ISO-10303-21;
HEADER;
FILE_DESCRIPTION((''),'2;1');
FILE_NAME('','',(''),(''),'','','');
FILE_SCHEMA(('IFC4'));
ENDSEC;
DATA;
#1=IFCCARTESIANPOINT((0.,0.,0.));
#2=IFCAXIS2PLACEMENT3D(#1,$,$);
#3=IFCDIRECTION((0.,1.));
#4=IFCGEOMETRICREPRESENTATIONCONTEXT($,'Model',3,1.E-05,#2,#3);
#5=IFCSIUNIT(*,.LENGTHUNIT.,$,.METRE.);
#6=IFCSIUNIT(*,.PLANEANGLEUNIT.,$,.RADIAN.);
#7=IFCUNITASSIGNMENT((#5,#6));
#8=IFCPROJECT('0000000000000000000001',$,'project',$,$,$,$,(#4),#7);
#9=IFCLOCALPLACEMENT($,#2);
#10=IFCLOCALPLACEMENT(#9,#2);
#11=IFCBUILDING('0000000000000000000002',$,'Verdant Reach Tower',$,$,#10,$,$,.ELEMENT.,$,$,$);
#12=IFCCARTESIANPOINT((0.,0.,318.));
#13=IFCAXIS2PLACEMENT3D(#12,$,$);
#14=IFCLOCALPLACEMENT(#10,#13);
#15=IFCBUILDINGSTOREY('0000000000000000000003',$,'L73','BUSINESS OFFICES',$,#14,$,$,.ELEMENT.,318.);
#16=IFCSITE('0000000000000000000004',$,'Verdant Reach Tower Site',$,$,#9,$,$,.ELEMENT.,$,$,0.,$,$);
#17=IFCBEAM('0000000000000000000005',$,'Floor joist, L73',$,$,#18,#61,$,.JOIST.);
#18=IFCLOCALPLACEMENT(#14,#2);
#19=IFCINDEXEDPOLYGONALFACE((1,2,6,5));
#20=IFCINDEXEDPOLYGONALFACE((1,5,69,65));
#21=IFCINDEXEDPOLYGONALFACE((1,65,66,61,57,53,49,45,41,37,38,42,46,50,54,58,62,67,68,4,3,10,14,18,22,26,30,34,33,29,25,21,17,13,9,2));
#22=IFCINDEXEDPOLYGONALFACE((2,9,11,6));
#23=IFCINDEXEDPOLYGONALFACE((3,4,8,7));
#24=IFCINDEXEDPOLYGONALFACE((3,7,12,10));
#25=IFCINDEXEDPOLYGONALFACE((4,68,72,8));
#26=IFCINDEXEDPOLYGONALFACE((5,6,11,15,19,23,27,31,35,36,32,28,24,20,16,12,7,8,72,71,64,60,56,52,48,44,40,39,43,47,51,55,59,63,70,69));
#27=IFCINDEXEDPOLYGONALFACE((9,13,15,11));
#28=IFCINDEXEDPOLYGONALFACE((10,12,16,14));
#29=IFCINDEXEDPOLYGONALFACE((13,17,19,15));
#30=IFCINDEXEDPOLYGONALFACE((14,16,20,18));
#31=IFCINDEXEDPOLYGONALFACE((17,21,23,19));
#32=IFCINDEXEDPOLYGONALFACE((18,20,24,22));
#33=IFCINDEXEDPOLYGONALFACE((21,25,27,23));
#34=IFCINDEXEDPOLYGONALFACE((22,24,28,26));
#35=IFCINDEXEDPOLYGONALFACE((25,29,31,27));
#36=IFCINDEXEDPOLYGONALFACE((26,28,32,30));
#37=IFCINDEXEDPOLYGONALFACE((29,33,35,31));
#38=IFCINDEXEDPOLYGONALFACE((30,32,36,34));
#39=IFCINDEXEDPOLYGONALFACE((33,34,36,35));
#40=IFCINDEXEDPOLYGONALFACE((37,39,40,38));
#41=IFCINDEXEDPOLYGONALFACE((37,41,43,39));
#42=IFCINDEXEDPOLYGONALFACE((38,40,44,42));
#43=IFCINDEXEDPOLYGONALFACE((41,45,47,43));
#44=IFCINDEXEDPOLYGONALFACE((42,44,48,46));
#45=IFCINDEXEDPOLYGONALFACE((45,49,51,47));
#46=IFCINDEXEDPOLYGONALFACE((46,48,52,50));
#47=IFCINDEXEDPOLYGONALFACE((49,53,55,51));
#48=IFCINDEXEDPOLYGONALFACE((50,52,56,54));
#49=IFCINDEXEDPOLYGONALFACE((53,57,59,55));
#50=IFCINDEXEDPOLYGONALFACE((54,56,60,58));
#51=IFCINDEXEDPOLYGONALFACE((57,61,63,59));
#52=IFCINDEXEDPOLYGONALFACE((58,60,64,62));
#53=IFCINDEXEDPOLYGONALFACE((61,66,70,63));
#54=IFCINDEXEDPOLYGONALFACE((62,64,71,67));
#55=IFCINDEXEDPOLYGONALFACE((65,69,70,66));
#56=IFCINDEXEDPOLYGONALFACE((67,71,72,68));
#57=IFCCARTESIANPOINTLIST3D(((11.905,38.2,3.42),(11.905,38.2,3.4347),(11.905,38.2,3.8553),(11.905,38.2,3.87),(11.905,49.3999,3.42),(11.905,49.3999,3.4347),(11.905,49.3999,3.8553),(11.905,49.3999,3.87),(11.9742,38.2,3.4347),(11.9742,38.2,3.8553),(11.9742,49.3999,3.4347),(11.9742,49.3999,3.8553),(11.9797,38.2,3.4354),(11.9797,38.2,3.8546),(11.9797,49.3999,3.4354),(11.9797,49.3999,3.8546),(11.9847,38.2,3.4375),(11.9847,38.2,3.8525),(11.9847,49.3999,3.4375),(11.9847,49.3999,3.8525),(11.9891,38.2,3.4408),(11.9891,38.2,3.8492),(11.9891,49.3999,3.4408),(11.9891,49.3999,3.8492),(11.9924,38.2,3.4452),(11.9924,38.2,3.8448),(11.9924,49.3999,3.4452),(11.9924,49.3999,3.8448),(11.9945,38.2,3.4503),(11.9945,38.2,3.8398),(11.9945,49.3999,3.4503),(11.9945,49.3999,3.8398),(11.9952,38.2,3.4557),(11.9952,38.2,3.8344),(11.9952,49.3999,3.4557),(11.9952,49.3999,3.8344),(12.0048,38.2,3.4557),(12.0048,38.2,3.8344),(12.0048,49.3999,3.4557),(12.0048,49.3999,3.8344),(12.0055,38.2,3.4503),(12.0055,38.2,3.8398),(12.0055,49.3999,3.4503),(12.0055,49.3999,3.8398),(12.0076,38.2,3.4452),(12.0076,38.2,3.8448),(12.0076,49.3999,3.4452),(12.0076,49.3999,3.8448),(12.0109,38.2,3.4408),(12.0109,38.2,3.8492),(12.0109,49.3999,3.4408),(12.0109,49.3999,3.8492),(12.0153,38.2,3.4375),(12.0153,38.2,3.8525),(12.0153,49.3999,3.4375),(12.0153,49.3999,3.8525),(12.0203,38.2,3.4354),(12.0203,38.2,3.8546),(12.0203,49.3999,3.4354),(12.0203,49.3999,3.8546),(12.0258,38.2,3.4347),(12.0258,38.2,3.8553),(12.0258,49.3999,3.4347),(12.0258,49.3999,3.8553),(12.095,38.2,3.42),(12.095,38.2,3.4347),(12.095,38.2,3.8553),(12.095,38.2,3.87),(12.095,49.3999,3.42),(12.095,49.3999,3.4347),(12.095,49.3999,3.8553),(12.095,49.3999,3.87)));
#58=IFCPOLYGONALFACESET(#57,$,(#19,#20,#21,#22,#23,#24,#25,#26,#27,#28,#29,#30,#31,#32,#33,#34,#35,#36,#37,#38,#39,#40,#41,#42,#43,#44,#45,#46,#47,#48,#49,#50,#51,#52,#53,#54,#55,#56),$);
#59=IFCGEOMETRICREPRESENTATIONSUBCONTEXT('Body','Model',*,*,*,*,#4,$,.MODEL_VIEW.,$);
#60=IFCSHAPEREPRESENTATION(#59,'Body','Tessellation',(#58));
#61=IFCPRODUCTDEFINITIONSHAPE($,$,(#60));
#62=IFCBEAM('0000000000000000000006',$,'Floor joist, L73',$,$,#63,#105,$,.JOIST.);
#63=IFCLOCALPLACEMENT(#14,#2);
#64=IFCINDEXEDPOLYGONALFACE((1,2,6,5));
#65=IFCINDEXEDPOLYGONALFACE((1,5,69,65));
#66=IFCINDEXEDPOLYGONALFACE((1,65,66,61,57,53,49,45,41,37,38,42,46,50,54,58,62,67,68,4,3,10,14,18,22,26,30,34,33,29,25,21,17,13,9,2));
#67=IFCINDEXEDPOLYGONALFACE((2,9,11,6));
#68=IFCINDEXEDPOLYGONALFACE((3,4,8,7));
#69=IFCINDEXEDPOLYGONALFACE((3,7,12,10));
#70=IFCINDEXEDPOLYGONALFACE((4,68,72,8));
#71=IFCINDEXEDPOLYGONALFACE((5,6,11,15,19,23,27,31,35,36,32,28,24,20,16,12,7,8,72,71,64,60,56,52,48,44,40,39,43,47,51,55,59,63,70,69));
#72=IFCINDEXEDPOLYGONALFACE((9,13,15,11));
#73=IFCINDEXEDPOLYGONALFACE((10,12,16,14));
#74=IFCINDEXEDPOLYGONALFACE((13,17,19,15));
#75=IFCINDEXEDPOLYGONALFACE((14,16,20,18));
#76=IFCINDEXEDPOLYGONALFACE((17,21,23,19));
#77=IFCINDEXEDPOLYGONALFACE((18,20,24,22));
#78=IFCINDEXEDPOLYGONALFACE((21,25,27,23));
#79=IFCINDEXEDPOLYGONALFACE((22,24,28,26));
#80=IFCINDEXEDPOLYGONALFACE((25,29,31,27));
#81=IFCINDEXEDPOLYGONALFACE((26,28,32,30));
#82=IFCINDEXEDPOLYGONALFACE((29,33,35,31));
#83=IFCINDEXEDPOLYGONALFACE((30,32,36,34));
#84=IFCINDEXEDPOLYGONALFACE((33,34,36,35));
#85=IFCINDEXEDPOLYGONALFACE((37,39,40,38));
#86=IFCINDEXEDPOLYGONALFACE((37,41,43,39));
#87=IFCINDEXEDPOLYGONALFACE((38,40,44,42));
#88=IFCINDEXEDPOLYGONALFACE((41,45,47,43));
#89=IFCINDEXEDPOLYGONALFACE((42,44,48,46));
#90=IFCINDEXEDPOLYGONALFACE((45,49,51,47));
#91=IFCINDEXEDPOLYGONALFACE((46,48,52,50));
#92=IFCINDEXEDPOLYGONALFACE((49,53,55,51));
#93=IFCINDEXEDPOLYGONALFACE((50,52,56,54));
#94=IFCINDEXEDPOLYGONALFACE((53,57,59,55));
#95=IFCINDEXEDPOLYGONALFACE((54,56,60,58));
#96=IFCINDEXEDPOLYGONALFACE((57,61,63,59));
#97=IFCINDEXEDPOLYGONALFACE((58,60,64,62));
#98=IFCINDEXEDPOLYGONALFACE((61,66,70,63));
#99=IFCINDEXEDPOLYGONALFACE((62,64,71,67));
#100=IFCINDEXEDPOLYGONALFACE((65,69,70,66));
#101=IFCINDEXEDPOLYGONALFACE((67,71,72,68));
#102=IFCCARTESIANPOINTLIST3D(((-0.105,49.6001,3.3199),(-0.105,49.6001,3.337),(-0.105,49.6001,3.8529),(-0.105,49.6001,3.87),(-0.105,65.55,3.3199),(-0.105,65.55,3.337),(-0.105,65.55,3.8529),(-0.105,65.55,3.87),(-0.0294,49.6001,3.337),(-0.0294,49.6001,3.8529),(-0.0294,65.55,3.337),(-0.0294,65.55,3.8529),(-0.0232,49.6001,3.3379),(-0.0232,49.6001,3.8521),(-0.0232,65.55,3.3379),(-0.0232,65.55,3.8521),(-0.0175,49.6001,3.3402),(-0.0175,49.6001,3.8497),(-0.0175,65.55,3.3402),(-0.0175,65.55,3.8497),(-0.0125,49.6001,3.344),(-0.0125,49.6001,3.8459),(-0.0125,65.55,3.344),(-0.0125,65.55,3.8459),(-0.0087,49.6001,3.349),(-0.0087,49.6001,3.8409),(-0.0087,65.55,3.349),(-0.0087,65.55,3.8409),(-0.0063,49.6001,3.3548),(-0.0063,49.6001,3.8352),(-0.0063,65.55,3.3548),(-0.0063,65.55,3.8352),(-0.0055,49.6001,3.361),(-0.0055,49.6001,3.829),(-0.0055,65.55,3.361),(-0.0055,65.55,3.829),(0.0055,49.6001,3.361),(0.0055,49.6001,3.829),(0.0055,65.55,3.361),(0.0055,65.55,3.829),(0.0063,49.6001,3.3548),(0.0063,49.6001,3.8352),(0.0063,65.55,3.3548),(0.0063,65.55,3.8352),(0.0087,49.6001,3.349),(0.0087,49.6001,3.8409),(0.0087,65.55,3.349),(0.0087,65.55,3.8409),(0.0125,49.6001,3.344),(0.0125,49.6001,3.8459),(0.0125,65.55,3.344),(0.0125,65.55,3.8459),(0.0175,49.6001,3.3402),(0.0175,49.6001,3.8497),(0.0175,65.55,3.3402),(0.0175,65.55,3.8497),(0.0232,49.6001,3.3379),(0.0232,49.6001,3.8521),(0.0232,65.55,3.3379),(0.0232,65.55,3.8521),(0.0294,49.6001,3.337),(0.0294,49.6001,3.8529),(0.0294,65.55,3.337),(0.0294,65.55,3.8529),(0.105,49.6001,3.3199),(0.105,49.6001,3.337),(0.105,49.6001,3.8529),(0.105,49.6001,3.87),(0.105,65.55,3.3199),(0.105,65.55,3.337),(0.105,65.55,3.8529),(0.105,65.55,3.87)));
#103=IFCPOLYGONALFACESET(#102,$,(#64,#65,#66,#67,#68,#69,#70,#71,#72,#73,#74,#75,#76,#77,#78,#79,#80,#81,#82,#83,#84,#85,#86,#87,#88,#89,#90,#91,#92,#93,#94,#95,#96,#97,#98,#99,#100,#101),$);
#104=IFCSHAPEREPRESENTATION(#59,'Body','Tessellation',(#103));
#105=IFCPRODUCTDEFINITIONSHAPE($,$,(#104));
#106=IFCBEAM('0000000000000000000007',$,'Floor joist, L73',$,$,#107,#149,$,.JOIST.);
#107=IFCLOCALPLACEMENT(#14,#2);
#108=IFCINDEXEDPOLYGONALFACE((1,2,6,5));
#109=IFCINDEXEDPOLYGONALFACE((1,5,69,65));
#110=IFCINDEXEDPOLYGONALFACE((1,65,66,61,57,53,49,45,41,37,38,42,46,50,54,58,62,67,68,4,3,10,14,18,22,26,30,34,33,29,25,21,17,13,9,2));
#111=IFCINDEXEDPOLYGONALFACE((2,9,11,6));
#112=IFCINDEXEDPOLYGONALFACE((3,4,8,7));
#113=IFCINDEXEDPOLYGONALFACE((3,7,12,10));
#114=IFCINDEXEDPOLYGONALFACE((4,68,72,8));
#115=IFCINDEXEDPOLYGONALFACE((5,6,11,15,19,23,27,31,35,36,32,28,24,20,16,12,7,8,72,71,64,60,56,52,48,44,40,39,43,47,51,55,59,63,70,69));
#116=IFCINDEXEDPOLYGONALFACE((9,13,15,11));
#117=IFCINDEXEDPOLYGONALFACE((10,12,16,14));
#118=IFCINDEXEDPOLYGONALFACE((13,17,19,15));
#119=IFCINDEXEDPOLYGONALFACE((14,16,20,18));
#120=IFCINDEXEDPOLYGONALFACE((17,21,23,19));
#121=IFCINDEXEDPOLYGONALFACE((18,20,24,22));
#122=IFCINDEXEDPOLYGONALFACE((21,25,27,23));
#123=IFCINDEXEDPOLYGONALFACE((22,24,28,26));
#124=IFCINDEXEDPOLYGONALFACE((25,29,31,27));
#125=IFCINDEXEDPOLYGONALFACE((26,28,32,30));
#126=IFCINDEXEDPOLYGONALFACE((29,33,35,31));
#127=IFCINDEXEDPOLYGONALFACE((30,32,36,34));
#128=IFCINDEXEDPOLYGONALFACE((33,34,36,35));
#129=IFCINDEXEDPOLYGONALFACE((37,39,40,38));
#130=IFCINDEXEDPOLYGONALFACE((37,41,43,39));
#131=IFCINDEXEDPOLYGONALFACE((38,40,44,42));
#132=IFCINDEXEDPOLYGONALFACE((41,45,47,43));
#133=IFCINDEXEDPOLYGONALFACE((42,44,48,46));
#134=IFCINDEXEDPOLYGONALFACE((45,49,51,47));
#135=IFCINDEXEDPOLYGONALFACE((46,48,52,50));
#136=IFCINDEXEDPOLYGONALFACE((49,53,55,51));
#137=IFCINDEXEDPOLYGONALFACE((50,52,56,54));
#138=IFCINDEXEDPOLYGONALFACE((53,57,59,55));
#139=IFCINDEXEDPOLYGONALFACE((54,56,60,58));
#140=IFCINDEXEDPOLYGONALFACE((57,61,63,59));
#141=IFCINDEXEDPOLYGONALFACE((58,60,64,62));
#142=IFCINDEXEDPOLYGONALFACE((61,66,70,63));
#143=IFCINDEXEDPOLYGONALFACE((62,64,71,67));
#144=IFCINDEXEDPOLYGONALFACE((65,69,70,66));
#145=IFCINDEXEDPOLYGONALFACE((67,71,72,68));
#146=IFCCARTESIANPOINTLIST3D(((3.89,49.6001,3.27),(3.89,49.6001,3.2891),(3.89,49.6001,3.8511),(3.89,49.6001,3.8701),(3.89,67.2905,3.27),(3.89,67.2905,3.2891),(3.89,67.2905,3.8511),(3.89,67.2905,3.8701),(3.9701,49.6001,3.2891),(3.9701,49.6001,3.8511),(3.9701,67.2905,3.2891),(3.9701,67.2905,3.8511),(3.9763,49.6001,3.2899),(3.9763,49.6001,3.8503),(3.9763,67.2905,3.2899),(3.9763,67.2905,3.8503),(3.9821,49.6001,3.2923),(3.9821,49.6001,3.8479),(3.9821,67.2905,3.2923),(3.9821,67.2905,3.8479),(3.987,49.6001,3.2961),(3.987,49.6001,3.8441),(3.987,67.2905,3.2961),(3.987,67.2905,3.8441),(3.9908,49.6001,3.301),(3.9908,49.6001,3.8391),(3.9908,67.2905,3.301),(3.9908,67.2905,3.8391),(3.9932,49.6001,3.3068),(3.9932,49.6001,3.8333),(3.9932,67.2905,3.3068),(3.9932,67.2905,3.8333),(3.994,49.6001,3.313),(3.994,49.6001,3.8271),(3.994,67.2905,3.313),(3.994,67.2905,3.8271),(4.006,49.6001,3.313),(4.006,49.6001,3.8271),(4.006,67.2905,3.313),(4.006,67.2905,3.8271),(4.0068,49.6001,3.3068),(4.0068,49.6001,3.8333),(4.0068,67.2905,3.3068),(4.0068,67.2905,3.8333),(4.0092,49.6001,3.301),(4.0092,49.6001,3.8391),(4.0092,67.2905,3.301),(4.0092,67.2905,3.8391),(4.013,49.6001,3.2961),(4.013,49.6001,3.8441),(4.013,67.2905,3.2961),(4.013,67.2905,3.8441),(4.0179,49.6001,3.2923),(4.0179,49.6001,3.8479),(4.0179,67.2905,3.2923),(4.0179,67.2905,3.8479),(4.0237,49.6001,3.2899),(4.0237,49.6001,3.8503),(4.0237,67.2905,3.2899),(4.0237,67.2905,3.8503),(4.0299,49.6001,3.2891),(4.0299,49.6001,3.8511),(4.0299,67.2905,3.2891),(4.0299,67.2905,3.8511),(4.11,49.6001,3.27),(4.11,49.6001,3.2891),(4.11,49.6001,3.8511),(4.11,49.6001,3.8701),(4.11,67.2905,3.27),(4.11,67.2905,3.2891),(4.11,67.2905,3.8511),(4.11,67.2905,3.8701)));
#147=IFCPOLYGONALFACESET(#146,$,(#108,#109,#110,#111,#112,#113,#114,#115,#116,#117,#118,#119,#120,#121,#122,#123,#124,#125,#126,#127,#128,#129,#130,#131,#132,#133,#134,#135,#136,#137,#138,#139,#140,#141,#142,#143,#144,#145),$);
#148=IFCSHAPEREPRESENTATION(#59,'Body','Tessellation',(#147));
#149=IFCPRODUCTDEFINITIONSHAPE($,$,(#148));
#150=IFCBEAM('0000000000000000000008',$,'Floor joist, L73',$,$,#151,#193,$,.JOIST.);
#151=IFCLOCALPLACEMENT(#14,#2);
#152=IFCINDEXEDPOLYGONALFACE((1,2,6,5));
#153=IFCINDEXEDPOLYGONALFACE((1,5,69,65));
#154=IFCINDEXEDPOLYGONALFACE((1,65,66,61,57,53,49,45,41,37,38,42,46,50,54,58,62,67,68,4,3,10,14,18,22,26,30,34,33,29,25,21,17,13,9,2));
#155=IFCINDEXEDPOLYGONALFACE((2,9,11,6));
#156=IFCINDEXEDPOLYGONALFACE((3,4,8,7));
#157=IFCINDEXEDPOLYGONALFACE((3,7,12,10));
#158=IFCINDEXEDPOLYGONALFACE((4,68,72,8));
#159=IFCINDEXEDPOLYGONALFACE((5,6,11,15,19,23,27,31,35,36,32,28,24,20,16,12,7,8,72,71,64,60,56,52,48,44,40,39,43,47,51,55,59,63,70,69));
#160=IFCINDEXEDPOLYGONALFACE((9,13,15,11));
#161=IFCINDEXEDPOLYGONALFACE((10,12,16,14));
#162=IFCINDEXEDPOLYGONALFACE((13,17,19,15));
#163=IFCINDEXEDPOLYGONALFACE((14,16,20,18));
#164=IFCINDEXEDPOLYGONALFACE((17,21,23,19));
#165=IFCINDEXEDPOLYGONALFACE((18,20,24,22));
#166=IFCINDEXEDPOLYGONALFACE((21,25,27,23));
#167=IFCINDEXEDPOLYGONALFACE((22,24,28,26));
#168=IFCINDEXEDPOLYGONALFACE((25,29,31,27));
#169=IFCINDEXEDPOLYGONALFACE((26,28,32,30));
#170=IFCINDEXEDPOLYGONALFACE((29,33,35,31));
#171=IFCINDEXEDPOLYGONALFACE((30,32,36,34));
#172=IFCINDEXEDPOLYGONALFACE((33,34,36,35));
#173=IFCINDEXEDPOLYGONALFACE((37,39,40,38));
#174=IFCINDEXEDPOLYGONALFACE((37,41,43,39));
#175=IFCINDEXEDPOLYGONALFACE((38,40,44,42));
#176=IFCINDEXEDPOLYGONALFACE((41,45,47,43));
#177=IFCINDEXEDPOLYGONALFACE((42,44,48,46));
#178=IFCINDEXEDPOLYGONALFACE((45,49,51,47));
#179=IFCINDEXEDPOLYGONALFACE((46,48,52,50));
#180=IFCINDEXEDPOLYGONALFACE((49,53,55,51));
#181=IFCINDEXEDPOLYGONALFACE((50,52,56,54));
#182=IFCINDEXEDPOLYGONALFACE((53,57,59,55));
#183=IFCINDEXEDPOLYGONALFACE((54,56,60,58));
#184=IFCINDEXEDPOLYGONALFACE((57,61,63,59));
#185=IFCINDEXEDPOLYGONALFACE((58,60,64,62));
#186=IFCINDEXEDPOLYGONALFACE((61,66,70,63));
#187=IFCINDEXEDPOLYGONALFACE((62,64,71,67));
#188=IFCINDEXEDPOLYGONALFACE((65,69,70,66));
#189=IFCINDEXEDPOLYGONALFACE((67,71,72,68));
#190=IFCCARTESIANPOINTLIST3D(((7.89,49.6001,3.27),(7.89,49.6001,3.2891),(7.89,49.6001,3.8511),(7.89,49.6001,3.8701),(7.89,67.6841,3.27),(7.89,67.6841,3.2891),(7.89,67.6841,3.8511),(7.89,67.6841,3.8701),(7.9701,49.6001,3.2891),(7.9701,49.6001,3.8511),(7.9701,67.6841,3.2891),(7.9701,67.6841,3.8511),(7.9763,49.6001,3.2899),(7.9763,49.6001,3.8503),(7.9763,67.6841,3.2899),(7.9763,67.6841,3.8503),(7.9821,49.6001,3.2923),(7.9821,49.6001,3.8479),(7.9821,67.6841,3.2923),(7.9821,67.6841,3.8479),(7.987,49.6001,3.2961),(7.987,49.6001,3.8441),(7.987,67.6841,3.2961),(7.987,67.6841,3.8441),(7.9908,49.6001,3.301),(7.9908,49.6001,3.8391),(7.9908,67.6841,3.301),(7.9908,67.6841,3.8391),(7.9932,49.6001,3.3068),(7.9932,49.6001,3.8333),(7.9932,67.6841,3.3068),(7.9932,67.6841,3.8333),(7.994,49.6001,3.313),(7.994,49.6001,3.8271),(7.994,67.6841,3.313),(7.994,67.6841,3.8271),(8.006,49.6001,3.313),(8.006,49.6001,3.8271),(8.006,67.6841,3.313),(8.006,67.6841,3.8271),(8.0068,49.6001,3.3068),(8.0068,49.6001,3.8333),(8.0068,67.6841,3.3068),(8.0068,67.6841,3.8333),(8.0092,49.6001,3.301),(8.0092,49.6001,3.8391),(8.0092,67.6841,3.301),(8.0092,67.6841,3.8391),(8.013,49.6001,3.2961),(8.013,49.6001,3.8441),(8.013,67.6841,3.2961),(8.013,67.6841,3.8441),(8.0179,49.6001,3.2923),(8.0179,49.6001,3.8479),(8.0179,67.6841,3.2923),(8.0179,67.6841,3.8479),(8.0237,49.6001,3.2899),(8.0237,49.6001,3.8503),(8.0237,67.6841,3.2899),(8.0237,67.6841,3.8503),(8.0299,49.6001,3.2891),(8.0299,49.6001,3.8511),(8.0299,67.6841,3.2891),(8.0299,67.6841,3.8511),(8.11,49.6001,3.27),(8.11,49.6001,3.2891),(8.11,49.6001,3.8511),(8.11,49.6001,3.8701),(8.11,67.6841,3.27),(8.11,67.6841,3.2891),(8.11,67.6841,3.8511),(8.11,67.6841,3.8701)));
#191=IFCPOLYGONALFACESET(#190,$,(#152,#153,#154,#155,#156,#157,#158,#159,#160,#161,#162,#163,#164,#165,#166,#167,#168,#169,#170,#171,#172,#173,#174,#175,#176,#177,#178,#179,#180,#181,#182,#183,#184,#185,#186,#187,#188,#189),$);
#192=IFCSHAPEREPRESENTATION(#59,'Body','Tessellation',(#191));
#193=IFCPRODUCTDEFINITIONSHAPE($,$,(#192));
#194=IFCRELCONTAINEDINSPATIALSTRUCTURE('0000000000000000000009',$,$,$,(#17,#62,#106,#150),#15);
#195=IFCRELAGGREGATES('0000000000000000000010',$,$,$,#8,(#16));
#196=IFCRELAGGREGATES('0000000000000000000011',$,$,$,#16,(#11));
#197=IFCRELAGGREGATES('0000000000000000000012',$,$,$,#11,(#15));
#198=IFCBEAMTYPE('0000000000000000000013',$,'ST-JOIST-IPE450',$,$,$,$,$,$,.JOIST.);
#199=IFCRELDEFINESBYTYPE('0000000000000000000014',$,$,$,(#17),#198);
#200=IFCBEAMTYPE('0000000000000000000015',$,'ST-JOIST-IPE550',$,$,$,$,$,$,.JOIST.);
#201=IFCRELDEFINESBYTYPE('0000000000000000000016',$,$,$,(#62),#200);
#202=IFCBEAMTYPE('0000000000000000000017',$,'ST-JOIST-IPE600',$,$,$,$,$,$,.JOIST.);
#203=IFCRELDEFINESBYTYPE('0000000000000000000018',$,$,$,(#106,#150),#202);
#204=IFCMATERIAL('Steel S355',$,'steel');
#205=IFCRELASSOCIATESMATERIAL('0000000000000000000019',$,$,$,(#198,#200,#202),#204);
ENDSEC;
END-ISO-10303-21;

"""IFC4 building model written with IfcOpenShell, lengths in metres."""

from ifc_helpers import new_model, si_unit, direction, frame, origin, origin_2d, place, context, subcontext, project, spatial, i_section, extrude, material, material_profile, profile_set, type_object, element, save


model = new_model("IFC4")

# Units and contexts
model_context = context("Model", 3, precision=1e-05, world=origin(), true_north=direction((0.0, 1.0)))
body_context = subcontext(model_context, "Body", "Model", "MODEL_VIEW")
ifc_project = project(units=[si_unit("LENGTHUNIT", "METRE"), si_unit("PLANEANGLEUNIT", "RADIAN")], contexts=[model_context])

# Site, building, storey
site_placement = place(None, origin())
site = spatial("IfcSite", under=ifc_project, at=site_placement, Name="Verdant Reach Tower Site", CompositionType="ELEMENT", RefElevation=0.0)
building_placement = place(site_placement, origin())
building = spatial("IfcBuilding", under=site, at=building_placement, Name="Verdant Reach Tower", CompositionType="ELEMENT")
storey_placement = place(building_placement, frame((0.0, 0.0, 318.0)))
storey = spatial("IfcBuildingStorey", under=building, at=storey_placement, Name="L73", Description="BUSINESS OFFICES", CompositionType="ELEMENT", Elevation=318.0)

# Beams
ifc_material_1 = material(Name="Steel S355", Category="steel")
ifc_material_profile_1 = material_profile(ifc_material_1, i_section(OverallWidth=0.1899, OverallDepth=0.45, WebThickness=0.0095, FlangeThickness=0.0146, FilletRadius=0.021, at=origin_2d()), Name="IPE 450")
ifc_profile_set_1 = profile_set([ifc_material_profile_1], Name="Steel S355")
beam_type_1 = type_object("IfcBeamType", Name="ST-JOIST-IPE450", PredefinedType="JOIST", material=ifc_profile_set_1)
for number, where, z_axis, x_axis, name in (
    (1, (12.0, 38.2, 3.645), (0.0, 1.0, 0.0), (-1.0, 0.0, 0.0), "Floor joist, L73"),
):
    element("IfcBeam", number, at=place(storey_placement, frame(where, z_axis=z_axis, x_axis=x_axis)), inside=storey, type_object=beam_type_1, Name=name, PredefinedType="JOIST", context=body_context, shape_type="SweptSolid", body=[
        extrude(i_section(OverallWidth=0.1899, OverallDepth=0.45, WebThickness=0.0095, FlangeThickness=0.0146, FilletRadius=0.021, at=origin_2d()), origin(), (0.0, 0.0, 1.0), 11.2),
    ])
ifc_material_profile_2 = material_profile(ifc_material_1, i_section(OverallWidth=0.21, OverallDepth=0.55, WebThickness=0.011, FlangeThickness=0.0171, FilletRadius=0.0239, at=origin_2d()), Name="IPE 550")
ifc_profile_set_2 = profile_set([ifc_material_profile_2], Name="Steel S355")
beam_type_2 = type_object("IfcBeamType", Name="ST-JOIST-IPE550", PredefinedType="JOIST", material=ifc_profile_set_2)
beam_1_placement = place(storey_placement, frame((0.0, 49.6001, 3.595), z_axis=(0.0, 1.0, 0.0), x_axis=(-1.0, 0.0, 0.0)))
element("IfcBeam", 2, at=beam_1_placement, inside=storey, type_object=beam_type_2, Name="Floor joist, L73", PredefinedType="JOIST", context=body_context, shape_type="SweptSolid", body=[
    extrude(i_section(OverallWidth=0.21, OverallDepth=0.55, WebThickness=0.011, FlangeThickness=0.0171, FilletRadius=0.0239, at=origin_2d()), origin(), (0.0, 0.0, 1.0), 15.95),
])
ifc_material_profile_3 = material_profile(ifc_material_1, i_section(OverallWidth=0.22, OverallDepth=0.6001, WebThickness=0.012, FlangeThickness=0.019, FilletRadius=0.0239, at=origin_2d()), Name="IPE 600")
ifc_profile_set_3 = profile_set([ifc_material_profile_3], Name="Steel S355")
beam_type_3 = type_object("IfcBeamType", Name="ST-JOIST-IPE600", PredefinedType="JOIST", material=ifc_profile_set_3)
beam_2_placement = place(storey_placement, frame((4.0, 49.6001, 3.5701), z_axis=(0.0, 1.0, 0.0), x_axis=(-1.0, 0.0, 0.0)))
element("IfcBeam", 3, at=beam_2_placement, inside=storey, type_object=beam_type_3, Name="Floor joist, L73", PredefinedType="JOIST", context=body_context, shape_type="SweptSolid", body=[
    extrude(i_section(OverallWidth=0.22, OverallDepth=0.6001, WebThickness=0.012, FlangeThickness=0.019, FilletRadius=0.0239, at=origin_2d()), origin(), (0.0, 0.0, 1.0), 17.6904),
])
beam_3_placement = place(storey_placement, frame((8.0, 49.6001, 3.5701), z_axis=(0.0, 1.0, 0.0), x_axis=(-1.0, 0.0, 0.0)))
element("IfcBeam", 4, at=beam_3_placement, inside=storey, type_object=beam_type_3, Name="Floor joist, L73", PredefinedType="JOIST", context=body_context, shape_type="SweptSolid", body=[
    extrude(i_section(OverallWidth=0.22, OverallDepth=0.6001, WebThickness=0.012, FlangeThickness=0.019, FilletRadius=0.0239, at=origin_2d()), origin(), (0.0, 0.0, 1.0), 18.084),
])

save(model, "model.ifc")
